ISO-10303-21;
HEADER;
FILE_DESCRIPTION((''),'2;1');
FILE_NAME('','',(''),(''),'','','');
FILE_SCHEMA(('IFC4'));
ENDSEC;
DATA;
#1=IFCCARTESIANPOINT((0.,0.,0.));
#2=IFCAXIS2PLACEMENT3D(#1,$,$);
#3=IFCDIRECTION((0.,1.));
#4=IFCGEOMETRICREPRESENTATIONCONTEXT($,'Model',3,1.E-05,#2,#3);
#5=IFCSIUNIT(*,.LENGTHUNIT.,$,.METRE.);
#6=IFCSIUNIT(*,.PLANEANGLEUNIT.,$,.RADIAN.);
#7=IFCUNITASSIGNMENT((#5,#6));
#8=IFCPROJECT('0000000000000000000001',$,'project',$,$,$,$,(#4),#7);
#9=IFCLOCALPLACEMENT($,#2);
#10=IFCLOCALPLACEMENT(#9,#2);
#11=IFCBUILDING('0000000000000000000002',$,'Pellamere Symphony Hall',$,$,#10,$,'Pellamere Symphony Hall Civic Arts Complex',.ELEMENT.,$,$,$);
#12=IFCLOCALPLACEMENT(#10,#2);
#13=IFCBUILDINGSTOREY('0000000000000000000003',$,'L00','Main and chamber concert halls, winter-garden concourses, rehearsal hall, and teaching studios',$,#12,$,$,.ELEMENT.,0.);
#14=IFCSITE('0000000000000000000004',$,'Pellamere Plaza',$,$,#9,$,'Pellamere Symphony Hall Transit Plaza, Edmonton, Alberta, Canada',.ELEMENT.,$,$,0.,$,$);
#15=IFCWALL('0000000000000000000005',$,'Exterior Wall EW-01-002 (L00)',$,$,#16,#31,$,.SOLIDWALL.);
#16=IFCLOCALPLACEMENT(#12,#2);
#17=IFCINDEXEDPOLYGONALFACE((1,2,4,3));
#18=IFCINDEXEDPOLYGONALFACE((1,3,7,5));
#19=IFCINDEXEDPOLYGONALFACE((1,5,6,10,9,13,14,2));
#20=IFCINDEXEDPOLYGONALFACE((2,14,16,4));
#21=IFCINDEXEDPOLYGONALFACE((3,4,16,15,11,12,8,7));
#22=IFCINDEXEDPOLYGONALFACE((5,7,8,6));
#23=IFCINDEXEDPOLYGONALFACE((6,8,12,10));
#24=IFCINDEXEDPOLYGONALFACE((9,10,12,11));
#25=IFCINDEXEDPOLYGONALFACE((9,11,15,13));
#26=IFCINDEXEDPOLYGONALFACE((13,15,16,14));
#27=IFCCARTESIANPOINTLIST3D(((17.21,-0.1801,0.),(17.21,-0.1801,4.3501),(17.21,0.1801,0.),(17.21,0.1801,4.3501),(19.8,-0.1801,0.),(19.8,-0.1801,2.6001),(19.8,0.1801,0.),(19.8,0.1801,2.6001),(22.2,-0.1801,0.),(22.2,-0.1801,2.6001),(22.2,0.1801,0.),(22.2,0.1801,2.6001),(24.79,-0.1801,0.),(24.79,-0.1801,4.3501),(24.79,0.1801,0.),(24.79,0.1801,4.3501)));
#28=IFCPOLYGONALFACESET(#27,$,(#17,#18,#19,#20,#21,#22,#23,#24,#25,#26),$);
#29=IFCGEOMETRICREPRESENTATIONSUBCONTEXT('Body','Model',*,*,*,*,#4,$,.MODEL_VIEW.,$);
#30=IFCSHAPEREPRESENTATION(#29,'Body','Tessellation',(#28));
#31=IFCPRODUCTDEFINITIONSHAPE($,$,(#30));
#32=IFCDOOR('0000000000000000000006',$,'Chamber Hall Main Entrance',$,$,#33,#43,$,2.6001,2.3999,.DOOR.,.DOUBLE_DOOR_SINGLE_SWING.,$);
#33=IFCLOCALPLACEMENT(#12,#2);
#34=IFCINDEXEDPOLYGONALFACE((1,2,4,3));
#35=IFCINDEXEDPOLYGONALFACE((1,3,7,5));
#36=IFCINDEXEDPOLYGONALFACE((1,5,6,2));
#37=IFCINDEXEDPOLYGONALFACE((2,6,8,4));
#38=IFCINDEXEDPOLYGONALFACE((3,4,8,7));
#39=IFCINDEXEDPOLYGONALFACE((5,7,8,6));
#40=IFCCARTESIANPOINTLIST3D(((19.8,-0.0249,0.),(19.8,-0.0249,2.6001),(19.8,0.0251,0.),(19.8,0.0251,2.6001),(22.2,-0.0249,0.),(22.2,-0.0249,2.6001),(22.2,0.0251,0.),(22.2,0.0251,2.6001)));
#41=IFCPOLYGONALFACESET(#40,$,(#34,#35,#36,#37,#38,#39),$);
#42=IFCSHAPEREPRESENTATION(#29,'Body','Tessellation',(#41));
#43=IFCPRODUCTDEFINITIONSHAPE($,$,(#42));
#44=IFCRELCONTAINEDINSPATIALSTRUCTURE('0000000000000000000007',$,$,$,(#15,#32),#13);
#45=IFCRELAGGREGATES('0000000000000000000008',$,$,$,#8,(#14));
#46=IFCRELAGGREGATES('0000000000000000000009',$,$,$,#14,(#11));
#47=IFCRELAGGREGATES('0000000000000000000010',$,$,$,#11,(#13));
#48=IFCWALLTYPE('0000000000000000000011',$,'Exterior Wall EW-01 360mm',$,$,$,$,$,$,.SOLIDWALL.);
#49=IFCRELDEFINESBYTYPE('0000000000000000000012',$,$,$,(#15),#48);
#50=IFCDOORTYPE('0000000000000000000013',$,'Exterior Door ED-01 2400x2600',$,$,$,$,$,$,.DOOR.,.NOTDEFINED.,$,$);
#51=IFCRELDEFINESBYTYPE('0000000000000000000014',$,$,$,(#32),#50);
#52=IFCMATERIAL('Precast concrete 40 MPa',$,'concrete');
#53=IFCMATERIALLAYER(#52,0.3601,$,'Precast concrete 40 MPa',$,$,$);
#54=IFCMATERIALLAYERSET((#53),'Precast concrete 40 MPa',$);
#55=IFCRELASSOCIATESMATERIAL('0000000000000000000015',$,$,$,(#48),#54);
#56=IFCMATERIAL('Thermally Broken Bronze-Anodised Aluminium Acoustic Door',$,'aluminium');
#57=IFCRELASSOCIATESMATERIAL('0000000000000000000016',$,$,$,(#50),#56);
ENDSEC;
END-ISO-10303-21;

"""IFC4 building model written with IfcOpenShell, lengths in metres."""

from ifc_helpers import new_model, si_unit, direction, frame, frame_2d, origin, place, context, subcontext, project, spatial, rectangle, extrude, material, layer, layer_set, type_object, element, fill, save


model = new_model("IFC4")

# Units and contexts
model_context = context("Model", 3, precision=1e-05, world=origin(), true_north=direction((0.0, 1.0)))
body_context = subcontext(model_context, "Body", "Model", "MODEL_VIEW")
ifc_project = project(units=[si_unit("LENGTHUNIT", "METRE"), si_unit("PLANEANGLEUNIT", "RADIAN")], contexts=[model_context])

# Site, building, storey
site_placement = place(None, origin())
site = spatial("IfcSite", under=ifc_project, at=site_placement, Name="Pellamere Plaza", LongName="Pellamere Symphony Hall Transit Plaza, Edmonton, Alberta, Canada", CompositionType="ELEMENT", RefElevation=0.0)
building_placement = place(site_placement, origin())
building = spatial("IfcBuilding", under=site, at=building_placement, Name="Pellamere Symphony Hall", LongName="Pellamere Symphony Hall Civic Arts Complex", CompositionType="ELEMENT")
storey_placement = place(building_placement, origin())
storey = spatial("IfcBuildingStorey", under=building, at=storey_placement, Name="L00", Description="Main and chamber concert halls, winter-garden concourses, rehearsal hall, and teaching studios", CompositionType="ELEMENT", Elevation=0.0)

# Wall, opening, door
ifc_material_1 = material(Name="Precast concrete 40 MPa", Category="concrete")
ifc_layer_1 = layer(ifc_material_1, 0.3601, Name="Precast concrete 40 MPa")
ifc_layer_set_1 = layer_set([ifc_layer_1], Name="Precast concrete 40 MPa")
wall_type = type_object("IfcWallType", Name="Exterior Wall EW-01 360mm", PredefinedType="SOLIDWALL", material=ifc_layer_set_1)
wall_placement = place(storey_placement, frame((17.21, 0.0, 0.0), z_axis=(0.0, 0.0, 1.0), x_axis=(1.0, 0.0, 0.0)))
wall = element("IfcWall", 1, at=wall_placement, inside=storey, type_object=wall_type, Name="Exterior Wall EW-01-002 (L00)", PredefinedType="SOLIDWALL", context=body_context, shape_type="SweptSolid", body=[
    extrude(rectangle(XDim=7.5801, YDim=0.3601, at=frame_2d((3.79, 0.0))), origin(), (0.0, 0.0, 1.0), 4.3501),
])
opening_placement = place(wall_placement, frame((2.5901, 0.0, 0.0)))
opening = element("IfcOpeningElement", 2, at=opening_placement, cuts=wall, PredefinedType="OPENING", context=body_context, shape_type="SweptSolid", body=[
    extrude(rectangle(XDim=2.3999, YDim=2.6001, at=frame_2d((1.2, 1.3))), frame((0.0, 0.1899, 0.0), z_axis=(0.0, -1.0, 0.0), x_axis=(1.0, 0.0, 0.0)), (0.0, 0.0, 1.0), 0.3801),
])
ifc_material_2 = material(Name="Thermally Broken Bronze-Anodised Aluminium Acoustic Door", Category="aluminium")
door_type = type_object("IfcDoorType", Name="Exterior Door ED-01 2400x2600", OperationType="NOTDEFINED", PredefinedType="DOOR", material=ifc_material_2)
door_placement = place(opening_placement, frame((2.3999, 0.0, 0.0), z_axis=(0.0, 0.0, 1.0), x_axis=(-1.0, 0.0, 0.0)))
door = element("IfcDoor", 3, at=door_placement, inside=storey, type_object=door_type, Name="Chamber Hall Main Entrance", OperationType="DOUBLE_DOOR_SINGLE_SWING", OverallHeight=2.6001, OverallWidth=2.3999, PredefinedType="DOOR", context=body_context, shape_type="SweptSolid", body=[
    extrude(rectangle(XDim=2.3999, YDim=2.6001, at=frame_2d((1.2, 1.3))), frame((0.0, 0.0249, 0.0), z_axis=(0.0, -1.0, 0.0), x_axis=(1.0, 0.0, 0.0)), (0.0, 0.0, 1.0), 0.05),
])
fill(opening, door)

save(model, "model.ifc")
